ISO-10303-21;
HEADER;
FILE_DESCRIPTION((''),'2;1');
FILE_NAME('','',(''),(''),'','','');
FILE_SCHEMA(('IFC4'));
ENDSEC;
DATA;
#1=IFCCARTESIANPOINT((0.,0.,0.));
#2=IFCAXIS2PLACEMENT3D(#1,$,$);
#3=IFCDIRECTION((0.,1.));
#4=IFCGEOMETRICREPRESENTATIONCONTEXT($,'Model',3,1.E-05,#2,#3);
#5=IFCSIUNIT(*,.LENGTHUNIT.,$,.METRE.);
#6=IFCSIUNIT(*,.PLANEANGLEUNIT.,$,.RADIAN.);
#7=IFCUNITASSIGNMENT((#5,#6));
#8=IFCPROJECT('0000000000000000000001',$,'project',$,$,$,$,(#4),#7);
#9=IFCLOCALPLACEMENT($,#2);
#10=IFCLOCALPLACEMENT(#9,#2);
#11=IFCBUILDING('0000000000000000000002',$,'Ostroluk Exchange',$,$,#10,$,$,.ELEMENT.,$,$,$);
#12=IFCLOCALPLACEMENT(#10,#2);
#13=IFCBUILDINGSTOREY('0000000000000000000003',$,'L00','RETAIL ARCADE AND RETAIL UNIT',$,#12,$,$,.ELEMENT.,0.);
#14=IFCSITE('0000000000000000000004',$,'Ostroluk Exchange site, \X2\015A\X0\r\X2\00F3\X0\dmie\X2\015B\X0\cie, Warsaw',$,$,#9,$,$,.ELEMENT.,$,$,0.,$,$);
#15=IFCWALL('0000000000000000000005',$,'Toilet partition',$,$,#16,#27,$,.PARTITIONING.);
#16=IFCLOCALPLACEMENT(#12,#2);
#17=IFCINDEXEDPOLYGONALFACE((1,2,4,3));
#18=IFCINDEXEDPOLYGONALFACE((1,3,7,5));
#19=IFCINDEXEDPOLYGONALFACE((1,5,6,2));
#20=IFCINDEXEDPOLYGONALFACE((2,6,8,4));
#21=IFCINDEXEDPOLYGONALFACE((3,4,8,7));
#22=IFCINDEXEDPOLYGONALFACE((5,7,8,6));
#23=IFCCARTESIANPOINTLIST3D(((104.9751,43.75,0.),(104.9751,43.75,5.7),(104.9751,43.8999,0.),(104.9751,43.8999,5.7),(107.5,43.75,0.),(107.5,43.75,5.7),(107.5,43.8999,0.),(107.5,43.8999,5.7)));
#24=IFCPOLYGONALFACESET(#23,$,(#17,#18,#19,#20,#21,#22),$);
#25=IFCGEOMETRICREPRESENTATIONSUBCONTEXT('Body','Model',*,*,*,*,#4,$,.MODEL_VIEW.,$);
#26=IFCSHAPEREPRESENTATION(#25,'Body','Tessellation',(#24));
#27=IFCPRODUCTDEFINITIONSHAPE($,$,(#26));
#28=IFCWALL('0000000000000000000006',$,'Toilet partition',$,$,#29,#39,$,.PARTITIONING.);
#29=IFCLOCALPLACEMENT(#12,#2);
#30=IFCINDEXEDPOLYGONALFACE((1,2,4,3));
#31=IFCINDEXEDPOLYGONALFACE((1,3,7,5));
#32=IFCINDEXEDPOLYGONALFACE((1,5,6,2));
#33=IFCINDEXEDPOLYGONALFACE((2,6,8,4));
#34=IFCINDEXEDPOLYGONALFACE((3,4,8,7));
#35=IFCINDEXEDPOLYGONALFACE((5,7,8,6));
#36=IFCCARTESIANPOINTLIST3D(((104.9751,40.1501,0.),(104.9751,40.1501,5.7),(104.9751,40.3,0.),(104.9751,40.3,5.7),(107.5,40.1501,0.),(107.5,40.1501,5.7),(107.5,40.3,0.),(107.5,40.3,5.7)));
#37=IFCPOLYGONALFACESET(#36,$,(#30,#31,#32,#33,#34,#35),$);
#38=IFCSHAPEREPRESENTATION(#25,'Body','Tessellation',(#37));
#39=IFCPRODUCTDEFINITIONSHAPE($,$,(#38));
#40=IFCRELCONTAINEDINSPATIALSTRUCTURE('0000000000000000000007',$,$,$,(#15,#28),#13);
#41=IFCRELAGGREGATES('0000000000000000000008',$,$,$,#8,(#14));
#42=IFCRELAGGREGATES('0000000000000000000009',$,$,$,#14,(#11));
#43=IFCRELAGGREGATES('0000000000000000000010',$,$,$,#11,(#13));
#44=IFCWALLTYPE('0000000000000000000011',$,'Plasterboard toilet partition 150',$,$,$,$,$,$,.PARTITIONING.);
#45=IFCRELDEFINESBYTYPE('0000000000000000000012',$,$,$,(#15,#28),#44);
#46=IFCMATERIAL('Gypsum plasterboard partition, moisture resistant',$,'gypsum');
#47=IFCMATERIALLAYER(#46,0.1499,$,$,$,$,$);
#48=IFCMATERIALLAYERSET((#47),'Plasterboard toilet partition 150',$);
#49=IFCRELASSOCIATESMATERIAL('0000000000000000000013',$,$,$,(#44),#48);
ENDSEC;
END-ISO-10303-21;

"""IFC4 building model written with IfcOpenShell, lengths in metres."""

from ifc_helpers import new_model, si_unit, direction, frame, frame_2d, origin, place, context, subcontext, project, spatial, rectangle, extrude, material, layer, layer_set, type_object, element, save


model = new_model("IFC4")

# Units and contexts
model_context = context("Model", 3, precision=1e-05, world=origin(), true_north=direction((0.0, 1.0)))
body_context = subcontext(model_context, "Body", "Model", "MODEL_VIEW")
ifc_project = project(units=[si_unit("LENGTHUNIT", "METRE"), si_unit("PLANEANGLEUNIT", "RADIAN")], contexts=[model_context])

# Site, building, storey
site_placement = place(None, origin())
site = spatial("IfcSite", under=ifc_project, at=site_placement, Name="Ostroluk Exchange site, Śródmieście, Warsaw", CompositionType="ELEMENT", RefElevation=0.0)
building_placement = place(site_placement, origin())
building = spatial("IfcBuilding", under=site, at=building_placement, Name="Ostroluk Exchange", CompositionType="ELEMENT")
storey_placement = place(building_placement, origin())
storey = spatial("IfcBuildingStorey", under=building, at=storey_placement, Name="L00", Description="RETAIL ARCADE AND RETAIL UNIT", CompositionType="ELEMENT", Elevation=0.0)

# Shared definitions
ifc_material_1 = material(Name="Gypsum plasterboard partition, moisture resistant", Category="gypsum")
ifc_layer_1 = layer(ifc_material_1, 0.1499)
ifc_layer_set_1 = layer_set([ifc_layer_1], Name="Plasterboard toilet partition 150")
wall_type_1 = type_object("IfcWallType", Name="Plasterboard toilet partition 150", PredefinedType="PARTITIONING", material=ifc_layer_set_1)

# Walls
for number, where, z_axis, x_axis, name in (
    (1, (104.9751, 43.825, 0.0), (0.0, 0.0, 1.0), (1.0, 0.0, 0.0), "Toilet partition"),
    (2, (104.9751, 40.2251, 0.0), (0.0, 0.0, 1.0), (1.0, 0.0, 0.0), "Toilet partition"),
):
    element("IfcWall", number, at=place(storey_placement, frame(where, z_axis=z_axis, x_axis=x_axis)), inside=storey, type_object=wall_type_1, Name=name, PredefinedType="PARTITIONING", context=body_context, shape_type="SweptSolid", body=[
        extrude(rectangle(XDim=2.5249, YDim=0.1499, at=frame_2d((1.2625, 0.0))), origin(), (0.0, 0.0, 1.0), 5.7),
    ])

save(model, "model.ifc")
